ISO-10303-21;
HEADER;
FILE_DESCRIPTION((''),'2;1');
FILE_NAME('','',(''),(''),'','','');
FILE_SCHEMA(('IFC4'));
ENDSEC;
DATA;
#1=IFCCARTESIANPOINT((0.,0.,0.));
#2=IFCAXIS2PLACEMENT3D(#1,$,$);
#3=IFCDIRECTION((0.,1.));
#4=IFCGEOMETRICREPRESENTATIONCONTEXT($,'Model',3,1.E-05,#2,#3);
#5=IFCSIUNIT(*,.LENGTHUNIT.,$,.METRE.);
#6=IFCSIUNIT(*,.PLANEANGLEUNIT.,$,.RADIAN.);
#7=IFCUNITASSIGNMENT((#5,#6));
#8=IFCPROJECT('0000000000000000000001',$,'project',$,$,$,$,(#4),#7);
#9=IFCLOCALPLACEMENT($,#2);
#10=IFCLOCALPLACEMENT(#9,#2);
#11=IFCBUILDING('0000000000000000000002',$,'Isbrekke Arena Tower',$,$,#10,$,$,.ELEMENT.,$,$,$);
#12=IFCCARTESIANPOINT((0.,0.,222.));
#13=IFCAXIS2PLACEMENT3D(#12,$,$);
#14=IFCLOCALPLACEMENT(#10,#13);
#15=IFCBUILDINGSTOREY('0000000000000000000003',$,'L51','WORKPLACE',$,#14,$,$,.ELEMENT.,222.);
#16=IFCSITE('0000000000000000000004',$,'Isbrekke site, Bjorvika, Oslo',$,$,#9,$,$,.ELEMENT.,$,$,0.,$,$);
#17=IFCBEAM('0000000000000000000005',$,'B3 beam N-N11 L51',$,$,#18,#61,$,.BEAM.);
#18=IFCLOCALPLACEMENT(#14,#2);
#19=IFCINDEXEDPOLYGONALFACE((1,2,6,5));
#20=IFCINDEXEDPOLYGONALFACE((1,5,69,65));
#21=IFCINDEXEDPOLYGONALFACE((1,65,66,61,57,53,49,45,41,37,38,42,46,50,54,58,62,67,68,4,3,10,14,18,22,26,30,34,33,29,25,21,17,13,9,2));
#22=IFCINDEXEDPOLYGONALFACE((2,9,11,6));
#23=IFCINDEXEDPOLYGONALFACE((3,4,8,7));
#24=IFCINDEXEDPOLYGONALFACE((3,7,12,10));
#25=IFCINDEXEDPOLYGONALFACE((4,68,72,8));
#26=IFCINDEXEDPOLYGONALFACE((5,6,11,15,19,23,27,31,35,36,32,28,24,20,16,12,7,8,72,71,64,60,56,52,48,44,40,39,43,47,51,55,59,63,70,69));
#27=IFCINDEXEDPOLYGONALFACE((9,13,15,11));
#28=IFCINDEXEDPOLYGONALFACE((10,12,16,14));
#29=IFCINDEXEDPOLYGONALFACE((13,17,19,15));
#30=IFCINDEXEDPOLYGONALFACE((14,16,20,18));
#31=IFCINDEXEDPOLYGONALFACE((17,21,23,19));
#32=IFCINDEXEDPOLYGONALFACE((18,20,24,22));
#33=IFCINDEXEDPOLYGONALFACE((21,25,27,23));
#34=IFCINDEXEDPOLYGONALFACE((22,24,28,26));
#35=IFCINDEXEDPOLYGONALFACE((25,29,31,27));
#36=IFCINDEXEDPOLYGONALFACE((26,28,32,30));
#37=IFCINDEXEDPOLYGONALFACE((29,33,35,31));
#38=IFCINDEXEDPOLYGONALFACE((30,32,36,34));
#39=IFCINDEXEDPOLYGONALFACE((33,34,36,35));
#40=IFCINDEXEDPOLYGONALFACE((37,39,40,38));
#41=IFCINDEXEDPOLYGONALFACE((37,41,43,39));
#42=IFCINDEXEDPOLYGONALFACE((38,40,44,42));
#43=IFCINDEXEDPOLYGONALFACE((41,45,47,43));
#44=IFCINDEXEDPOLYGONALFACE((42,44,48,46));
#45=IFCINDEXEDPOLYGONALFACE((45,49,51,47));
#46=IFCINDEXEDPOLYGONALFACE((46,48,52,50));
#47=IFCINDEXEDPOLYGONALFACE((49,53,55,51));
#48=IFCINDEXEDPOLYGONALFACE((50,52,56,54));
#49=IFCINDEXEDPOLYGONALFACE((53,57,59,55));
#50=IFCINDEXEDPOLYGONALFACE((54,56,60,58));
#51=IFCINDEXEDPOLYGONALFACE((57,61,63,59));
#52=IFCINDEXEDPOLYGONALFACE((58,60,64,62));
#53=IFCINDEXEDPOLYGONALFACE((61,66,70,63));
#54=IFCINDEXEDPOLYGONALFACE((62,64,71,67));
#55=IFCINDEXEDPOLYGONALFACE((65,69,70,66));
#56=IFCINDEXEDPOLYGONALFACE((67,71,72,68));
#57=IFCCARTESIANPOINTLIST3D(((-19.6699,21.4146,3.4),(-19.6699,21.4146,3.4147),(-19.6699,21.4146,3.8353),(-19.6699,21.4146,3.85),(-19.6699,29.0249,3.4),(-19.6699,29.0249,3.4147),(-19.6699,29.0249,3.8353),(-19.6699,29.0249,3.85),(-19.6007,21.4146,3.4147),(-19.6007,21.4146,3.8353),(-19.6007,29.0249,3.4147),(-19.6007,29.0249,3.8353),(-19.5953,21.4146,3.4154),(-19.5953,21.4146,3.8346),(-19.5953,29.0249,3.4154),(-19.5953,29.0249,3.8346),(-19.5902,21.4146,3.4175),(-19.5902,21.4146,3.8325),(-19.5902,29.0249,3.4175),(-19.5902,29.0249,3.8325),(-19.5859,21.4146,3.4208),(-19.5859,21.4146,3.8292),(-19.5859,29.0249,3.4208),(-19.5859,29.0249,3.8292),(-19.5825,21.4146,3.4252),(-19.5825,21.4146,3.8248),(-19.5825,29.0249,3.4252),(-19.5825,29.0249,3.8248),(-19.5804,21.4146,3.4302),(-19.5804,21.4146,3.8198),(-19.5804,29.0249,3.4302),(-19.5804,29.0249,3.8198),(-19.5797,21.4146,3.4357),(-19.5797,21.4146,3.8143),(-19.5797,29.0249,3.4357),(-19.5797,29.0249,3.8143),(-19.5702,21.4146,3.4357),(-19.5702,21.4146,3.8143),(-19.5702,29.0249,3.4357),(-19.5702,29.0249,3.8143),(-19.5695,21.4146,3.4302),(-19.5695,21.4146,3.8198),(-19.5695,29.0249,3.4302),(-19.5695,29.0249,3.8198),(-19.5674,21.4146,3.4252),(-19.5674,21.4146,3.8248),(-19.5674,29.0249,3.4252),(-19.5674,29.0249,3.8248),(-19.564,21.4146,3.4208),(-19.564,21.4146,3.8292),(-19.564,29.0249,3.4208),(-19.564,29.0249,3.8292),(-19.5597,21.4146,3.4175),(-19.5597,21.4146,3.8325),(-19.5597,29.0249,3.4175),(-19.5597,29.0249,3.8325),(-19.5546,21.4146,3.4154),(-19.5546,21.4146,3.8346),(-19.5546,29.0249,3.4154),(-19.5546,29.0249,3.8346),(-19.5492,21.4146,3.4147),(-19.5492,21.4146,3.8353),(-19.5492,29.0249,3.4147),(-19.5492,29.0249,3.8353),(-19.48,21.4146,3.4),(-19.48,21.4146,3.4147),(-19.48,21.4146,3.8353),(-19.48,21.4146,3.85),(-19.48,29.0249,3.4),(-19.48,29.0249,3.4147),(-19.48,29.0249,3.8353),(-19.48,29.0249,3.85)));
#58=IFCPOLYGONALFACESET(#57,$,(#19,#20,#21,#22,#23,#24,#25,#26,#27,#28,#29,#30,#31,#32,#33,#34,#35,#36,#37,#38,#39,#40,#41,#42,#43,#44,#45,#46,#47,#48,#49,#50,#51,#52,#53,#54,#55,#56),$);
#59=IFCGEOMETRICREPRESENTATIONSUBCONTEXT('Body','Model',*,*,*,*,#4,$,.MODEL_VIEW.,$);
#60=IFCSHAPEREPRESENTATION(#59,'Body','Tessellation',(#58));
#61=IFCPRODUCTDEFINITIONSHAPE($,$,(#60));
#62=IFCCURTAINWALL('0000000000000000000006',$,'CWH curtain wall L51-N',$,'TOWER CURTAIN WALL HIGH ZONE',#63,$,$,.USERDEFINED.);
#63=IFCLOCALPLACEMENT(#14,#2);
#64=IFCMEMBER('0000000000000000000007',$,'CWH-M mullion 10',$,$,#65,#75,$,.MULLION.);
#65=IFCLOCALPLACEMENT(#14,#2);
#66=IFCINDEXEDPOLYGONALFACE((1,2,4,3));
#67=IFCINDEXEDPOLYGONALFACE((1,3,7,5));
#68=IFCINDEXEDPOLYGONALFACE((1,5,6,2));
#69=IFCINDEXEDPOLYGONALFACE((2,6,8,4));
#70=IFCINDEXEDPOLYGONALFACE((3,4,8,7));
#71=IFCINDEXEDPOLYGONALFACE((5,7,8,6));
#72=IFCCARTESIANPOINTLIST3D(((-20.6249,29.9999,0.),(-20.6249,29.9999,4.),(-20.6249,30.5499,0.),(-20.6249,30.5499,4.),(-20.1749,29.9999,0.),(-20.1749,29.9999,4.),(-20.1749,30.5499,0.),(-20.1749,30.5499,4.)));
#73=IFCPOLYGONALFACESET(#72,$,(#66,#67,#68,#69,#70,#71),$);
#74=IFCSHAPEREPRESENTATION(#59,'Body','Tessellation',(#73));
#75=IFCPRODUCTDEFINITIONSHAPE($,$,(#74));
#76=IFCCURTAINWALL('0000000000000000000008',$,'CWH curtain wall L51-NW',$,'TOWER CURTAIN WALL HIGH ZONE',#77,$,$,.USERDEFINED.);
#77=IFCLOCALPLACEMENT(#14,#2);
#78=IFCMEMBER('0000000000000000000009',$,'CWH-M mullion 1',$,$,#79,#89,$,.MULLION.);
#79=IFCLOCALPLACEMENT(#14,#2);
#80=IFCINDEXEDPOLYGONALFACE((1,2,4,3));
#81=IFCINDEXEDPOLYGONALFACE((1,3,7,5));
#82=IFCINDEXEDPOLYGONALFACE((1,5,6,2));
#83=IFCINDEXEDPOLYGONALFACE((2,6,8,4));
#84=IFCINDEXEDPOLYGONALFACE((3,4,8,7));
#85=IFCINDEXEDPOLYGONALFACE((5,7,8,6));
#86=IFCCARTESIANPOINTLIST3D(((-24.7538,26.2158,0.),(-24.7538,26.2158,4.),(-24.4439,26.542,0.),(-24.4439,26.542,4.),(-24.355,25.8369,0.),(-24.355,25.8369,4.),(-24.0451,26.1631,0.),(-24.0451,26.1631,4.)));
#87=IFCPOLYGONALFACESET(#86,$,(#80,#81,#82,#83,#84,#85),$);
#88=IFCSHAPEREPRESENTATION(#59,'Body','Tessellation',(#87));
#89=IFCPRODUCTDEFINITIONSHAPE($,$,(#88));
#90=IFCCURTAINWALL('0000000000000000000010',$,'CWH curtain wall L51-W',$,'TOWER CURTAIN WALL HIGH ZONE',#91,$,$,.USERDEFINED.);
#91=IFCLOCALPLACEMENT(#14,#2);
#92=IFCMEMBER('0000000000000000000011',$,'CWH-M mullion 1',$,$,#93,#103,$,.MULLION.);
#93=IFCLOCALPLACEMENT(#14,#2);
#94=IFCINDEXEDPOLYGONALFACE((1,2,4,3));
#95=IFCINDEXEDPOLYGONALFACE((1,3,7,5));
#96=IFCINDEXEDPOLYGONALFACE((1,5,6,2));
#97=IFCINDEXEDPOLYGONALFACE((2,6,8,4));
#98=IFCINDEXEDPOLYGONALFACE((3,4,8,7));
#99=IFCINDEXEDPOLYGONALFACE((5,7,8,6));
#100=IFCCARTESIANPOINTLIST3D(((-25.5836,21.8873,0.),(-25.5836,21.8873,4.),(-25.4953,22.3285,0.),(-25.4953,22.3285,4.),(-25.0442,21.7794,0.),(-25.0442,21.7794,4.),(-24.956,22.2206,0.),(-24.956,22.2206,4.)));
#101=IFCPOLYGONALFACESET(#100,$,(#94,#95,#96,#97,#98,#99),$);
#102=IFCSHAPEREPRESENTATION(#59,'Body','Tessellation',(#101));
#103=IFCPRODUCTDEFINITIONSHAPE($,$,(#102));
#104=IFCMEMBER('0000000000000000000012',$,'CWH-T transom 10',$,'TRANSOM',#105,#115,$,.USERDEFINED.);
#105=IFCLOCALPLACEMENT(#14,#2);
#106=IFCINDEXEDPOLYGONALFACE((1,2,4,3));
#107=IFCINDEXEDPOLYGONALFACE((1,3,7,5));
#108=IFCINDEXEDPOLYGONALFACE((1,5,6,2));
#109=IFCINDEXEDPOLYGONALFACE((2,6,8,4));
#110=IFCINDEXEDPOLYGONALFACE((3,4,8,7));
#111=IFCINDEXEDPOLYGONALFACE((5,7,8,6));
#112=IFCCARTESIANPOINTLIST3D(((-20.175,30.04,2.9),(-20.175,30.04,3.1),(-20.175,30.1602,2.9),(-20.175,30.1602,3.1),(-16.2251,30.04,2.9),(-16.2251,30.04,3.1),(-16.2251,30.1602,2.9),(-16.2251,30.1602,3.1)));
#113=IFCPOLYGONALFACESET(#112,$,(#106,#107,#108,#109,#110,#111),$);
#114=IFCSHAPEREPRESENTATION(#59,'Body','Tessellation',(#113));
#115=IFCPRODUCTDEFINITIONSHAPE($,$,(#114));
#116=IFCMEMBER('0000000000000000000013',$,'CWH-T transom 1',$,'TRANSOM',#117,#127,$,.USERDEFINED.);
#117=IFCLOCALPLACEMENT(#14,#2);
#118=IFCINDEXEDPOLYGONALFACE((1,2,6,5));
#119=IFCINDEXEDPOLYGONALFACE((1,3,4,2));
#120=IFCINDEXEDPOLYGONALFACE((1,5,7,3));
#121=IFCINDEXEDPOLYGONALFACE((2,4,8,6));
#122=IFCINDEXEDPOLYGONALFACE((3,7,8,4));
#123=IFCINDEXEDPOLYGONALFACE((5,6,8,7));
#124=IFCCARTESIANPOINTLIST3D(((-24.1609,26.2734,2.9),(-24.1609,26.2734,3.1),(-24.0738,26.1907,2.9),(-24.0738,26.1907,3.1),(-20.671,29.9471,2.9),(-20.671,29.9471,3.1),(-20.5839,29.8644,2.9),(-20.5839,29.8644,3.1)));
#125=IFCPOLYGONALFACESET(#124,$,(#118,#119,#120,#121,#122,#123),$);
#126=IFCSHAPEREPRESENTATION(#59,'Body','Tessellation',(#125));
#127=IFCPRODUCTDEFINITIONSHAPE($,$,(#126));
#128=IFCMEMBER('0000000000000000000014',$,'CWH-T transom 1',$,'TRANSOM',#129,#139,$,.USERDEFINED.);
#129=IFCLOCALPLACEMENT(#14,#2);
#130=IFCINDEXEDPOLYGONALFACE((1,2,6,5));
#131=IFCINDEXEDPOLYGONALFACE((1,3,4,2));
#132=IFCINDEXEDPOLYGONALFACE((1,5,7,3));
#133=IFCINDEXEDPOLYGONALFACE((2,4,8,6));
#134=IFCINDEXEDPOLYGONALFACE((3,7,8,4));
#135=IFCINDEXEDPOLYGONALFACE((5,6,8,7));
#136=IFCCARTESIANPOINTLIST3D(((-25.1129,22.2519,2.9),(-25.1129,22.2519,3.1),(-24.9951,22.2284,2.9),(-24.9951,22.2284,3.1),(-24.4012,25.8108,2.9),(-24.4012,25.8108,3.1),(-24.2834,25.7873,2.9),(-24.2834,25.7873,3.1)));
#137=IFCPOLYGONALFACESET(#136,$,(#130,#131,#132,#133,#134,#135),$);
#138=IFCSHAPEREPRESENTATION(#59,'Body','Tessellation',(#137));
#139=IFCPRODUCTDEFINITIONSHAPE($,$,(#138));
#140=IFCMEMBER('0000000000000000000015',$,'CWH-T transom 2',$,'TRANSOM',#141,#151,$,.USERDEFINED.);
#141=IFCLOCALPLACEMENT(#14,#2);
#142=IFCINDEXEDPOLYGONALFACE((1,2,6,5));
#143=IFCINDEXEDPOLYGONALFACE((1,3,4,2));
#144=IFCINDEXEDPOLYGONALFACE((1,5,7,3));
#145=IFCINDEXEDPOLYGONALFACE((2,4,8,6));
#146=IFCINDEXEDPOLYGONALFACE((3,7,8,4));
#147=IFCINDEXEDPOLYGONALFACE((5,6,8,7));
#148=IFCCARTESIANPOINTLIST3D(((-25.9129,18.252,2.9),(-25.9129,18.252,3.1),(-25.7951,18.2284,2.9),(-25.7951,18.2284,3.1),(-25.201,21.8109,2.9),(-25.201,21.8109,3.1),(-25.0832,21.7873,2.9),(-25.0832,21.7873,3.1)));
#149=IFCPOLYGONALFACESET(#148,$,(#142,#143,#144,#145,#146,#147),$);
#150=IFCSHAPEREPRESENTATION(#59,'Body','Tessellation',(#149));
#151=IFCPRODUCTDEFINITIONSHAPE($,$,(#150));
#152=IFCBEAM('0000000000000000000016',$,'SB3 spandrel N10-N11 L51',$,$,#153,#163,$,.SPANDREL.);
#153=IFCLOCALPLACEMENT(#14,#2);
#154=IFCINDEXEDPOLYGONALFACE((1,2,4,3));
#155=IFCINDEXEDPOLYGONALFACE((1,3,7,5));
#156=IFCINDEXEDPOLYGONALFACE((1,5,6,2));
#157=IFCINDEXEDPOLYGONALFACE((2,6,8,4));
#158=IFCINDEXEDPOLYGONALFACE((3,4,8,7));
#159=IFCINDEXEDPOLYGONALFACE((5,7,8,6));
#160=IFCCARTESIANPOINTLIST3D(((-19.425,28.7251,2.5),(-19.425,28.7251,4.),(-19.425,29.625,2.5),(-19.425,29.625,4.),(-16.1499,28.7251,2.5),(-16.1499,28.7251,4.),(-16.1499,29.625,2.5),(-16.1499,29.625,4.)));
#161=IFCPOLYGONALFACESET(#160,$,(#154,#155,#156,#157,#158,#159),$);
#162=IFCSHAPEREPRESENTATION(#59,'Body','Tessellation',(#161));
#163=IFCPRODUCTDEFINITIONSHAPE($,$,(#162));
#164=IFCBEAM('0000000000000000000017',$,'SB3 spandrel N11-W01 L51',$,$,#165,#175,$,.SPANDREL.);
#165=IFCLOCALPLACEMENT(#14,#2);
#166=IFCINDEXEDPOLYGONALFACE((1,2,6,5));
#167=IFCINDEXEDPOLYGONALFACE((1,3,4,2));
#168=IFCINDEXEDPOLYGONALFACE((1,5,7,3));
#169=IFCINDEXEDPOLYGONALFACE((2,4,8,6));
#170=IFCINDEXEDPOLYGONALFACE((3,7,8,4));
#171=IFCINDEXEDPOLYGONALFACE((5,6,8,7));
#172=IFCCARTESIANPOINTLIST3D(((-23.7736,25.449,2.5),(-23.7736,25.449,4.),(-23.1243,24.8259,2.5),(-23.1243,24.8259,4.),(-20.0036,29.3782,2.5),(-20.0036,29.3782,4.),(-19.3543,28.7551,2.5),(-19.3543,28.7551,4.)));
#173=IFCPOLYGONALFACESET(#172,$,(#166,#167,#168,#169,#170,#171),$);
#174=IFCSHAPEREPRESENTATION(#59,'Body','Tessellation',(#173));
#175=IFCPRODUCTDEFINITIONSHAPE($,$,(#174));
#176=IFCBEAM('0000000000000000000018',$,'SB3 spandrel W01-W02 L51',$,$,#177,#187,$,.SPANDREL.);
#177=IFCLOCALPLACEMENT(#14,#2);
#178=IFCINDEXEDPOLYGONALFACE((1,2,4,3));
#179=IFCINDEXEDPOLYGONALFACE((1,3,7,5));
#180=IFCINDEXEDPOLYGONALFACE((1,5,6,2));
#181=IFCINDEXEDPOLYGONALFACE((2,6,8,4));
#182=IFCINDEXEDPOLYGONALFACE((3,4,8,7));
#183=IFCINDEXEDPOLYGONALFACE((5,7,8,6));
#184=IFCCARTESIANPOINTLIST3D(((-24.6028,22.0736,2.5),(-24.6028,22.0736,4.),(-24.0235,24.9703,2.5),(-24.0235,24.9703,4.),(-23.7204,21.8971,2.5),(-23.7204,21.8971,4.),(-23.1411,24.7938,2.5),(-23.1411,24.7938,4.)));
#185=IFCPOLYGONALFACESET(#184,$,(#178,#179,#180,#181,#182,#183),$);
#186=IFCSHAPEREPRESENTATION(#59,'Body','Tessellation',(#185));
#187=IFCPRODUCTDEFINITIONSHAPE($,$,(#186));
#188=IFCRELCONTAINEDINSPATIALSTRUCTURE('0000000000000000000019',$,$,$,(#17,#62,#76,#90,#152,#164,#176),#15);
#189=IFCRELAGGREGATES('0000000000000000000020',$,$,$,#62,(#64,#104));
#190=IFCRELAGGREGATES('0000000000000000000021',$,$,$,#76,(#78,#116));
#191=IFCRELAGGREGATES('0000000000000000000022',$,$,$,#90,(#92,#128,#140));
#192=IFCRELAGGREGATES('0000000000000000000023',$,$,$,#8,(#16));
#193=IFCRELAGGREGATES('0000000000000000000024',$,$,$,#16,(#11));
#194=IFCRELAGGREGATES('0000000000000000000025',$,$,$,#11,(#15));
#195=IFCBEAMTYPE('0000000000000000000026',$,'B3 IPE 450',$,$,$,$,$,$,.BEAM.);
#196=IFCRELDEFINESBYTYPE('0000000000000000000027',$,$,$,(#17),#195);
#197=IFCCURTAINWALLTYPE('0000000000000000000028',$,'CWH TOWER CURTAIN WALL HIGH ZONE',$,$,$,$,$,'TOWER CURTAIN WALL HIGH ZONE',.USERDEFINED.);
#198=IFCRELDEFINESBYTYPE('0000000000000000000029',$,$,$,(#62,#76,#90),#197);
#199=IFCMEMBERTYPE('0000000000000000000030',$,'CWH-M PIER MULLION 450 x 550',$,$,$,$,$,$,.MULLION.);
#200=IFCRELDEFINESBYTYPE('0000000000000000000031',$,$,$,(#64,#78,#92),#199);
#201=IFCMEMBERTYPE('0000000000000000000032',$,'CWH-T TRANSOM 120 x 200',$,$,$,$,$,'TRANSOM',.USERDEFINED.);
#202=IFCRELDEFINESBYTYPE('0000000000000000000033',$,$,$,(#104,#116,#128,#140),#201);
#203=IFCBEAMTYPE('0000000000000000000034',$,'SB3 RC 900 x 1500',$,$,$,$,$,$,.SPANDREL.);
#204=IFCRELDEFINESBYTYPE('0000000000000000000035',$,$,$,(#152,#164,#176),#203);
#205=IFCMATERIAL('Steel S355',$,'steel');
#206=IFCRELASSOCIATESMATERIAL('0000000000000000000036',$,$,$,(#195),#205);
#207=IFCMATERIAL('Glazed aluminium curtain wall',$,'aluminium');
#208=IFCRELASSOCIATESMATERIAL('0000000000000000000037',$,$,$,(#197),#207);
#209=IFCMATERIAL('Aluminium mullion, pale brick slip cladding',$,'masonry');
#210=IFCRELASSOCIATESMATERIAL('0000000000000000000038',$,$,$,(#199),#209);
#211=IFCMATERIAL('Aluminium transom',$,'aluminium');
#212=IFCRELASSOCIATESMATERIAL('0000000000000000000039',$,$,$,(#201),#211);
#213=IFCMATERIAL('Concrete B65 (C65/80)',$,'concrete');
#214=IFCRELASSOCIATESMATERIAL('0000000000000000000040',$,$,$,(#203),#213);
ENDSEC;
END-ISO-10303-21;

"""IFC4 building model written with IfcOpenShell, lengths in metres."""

from ifc_helpers import new_model, si_unit, direction, frame, origin, origin_2d, place, context, subcontext, project, spatial, rectangle, i_section, extrude, material, material_profile, profile_set, type_object, element, aggregate, save


model = new_model("IFC4")

# Units and contexts
model_context = context("Model", 3, precision=1e-05, world=origin(), true_north=direction((0.0, 1.0)))
body_context = subcontext(model_context, "Body", "Model", "MODEL_VIEW")
ifc_project = project(units=[si_unit("LENGTHUNIT", "METRE"), si_unit("PLANEANGLEUNIT", "RADIAN")], contexts=[model_context])

# Site, building, storey
site_placement = place(None, origin())
site = spatial("IfcSite", under=ifc_project, at=site_placement, Name="Isbrekke site, Bjorvika, Oslo", CompositionType="ELEMENT", RefElevation=0.0)
building_placement = place(site_placement, origin())
building = spatial("IfcBuilding", under=site, at=building_placement, Name="Isbrekke Arena Tower", CompositionType="ELEMENT")
storey_placement = place(building_placement, frame((0.0, 0.0, 222.0)))
storey = spatial("IfcBuildingStorey", under=building, at=storey_placement, Name="L51", Description="WORKPLACE", CompositionType="ELEMENT", Elevation=222.0)

# Beam
ifc_material_1 = material(Name="Steel S355", Category="steel")
ifc_material_profile_1 = material_profile(ifc_material_1, i_section(OverallWidth=0.1899, OverallDepth=0.45, WebThickness=0.0095, FlangeThickness=0.0146, FilletRadius=0.021, at=origin_2d()), Name="IPE 450")
ifc_profile_set_1 = profile_set([ifc_material_profile_1], Name="Steel S355")
beam_type_1 = type_object("IfcBeamType", Name="B3 IPE 450", PredefinedType="BEAM", material=ifc_profile_set_1)
beam_1_placement = place(storey_placement, frame((-19.575, 29.0249, 3.625), z_axis=(0.0, -1.0, 0.0), x_axis=(1.0, 0.0, 0.0)))
element("IfcBeam", 1, at=beam_1_placement, inside=storey, type_object=beam_type_1, Name="B3 beam N-N11 L51", PredefinedType="BEAM", context=body_context, shape_type="SweptSolid", body=[
    extrude(i_section(OverallWidth=0.1899, OverallDepth=0.45, WebThickness=0.0095, FlangeThickness=0.0146, FilletRadius=0.021, at=origin_2d()), origin(), (0.0, 0.0, 1.0), 7.6104),
])

# Curtain walls, members
ifc_material_2 = material(Name="Glazed aluminium curtain wall", Category="aluminium")
curtain_wall_type = type_object("IfcCurtainWallType", Name="CWH TOWER CURTAIN WALL HIGH ZONE", ElementType="TOWER CURTAIN WALL HIGH ZONE", PredefinedType="USERDEFINED", material=ifc_material_2)
curtain_wall_1_placement = place(storey_placement, origin())
curtain_wall_1 = element("IfcCurtainWall", 2, at=curtain_wall_1_placement, inside=storey, type_object=curtain_wall_type, Name="CWH curtain wall L51-N", ObjectType="TOWER CURTAIN WALL HIGH ZONE", PredefinedType="USERDEFINED")
ifc_material_3 = material(Name="Aluminium mullion, pale brick slip cladding", Category="masonry")
ifc_material_profile_2 = material_profile(ifc_material_3, rectangle(XDim=0.45, YDim=0.55, at=origin_2d()), Name="PIER 450X550")
ifc_profile_set_2 = profile_set([ifc_material_profile_2], Name="Aluminium mullion, pale brick slip cladding")
member_type_1 = type_object("IfcMemberType", Name="CWH-M PIER MULLION 450 x 550", PredefinedType="MULLION", material=ifc_profile_set_2)
member_1_placement = place(storey_placement, frame((-20.3999, 30.2749, 0.0), z_axis=(0.0, 0.0, 1.0), x_axis=(-1.0, 0.0, 0.0)))
member_1 = element("IfcMember", 3, at=member_1_placement, type_object=member_type_1, Name="CWH-M mullion 10", PredefinedType="MULLION", context=body_context, shape_type="SweptSolid", body=[
    extrude(rectangle(XDim=0.45, YDim=0.55, at=origin_2d()), origin(), (0.0, 0.0, 1.0), 4.0),
])
curtain_wall_2_placement = place(storey_placement, origin())
curtain_wall_2 = element("IfcCurtainWall", 4, at=curtain_wall_2_placement, inside=storey, type_object=curtain_wall_type, Name="CWH curtain wall L51-NW", ObjectType="TOWER CURTAIN WALL HIGH ZONE", PredefinedType="USERDEFINED")
member_2_placement = place(storey_placement, frame((-24.3994, 26.1895, 0.0), z_axis=(0.0, 0.0, 1.0), x_axis=(-0.688749, -0.724999, 0.0)))
member_2 = element("IfcMember", 5, at=member_2_placement, type_object=member_type_1, Name="CWH-M mullion 1", PredefinedType="MULLION", context=body_context, shape_type="SweptSolid", body=[
    extrude(rectangle(XDim=0.45, YDim=0.55, at=origin_2d()), origin(), (0.0, 0.0, 1.0), 4.0),
])
curtain_wall_3_placement = place(storey_placement, origin())
curtain_wall_3 = element("IfcCurtainWall", 6, at=curtain_wall_3_placement, inside=storey, type_object=curtain_wall_type, Name="CWH curtain wall L51-W", ObjectType="TOWER CURTAIN WALL HIGH ZONE", PredefinedType="USERDEFINED")
member_3_placement = place(storey_placement, frame((-25.2698, 22.054, 0.0), z_axis=(0.0, 0.0, 1.0), x_axis=(-0.196116, -0.980581, 0.0)))
member_3 = element("IfcMember", 7, at=member_3_placement, type_object=member_type_1, Name="CWH-M mullion 1", PredefinedType="MULLION", context=body_context, shape_type="SweptSolid", body=[
    extrude(rectangle(XDim=0.45, YDim=0.55, at=origin_2d()), origin(), (0.0, 0.0, 1.0), 4.0),
])

# Members
ifc_material_4 = material(Name="Aluminium transom", Category="aluminium")
ifc_material_profile_3 = material_profile(ifc_material_4, rectangle(XDim=0.1201, YDim=0.2, at=origin_2d()), Name="TRANSOM 120X200")
ifc_profile_set_3 = profile_set([ifc_material_profile_3], Name="Aluminium transom")
member_type_2 = type_object("IfcMemberType", Name="CWH-T TRANSOM 120 x 200", ElementType="TRANSOM", PredefinedType="USERDEFINED", material=ifc_profile_set_3)
member_4_placement = place(storey_placement, frame((-16.2251, 30.1001, 3.0), z_axis=(-1.0, 0.0, 0.0), x_axis=(0.0, -1.0, 0.0)))
member_4 = element("IfcMember", 8, at=member_4_placement, type_object=member_type_2, Name="CWH-T transom 10", ObjectType="TRANSOM", PredefinedType="USERDEFINED", context=body_context, shape_type="SweptSolid", body=[
    extrude(rectangle(XDim=0.1201, YDim=0.2, at=origin_2d()), origin(), (0.0, 0.0, 1.0), 3.95),
])
member_5_placement = place(storey_placement, frame((-20.6274, 29.9058, 3.0), z_axis=(-0.688734, -0.725014, 0.0), x_axis=(0.725014, -0.688734, 0.0)))
member_5 = element("IfcMember", 9, at=member_5_placement, type_object=member_type_2, Name="CWH-T transom 1", ObjectType="TRANSOM", PredefinedType="USERDEFINED", context=body_context, shape_type="SweptSolid", body=[
    extrude(rectangle(XDim=0.1201, YDim=0.2, at=origin_2d()), origin(), (0.0, 0.0, 1.0), 5.0671),
])
member_6_placement = place(storey_placement, frame((-24.3423, 25.7991, 3.0), z_axis=(-0.19609, -0.980586, 0.0), x_axis=(0.980586, -0.19609, 0.0)))
member_6 = element("IfcMember", 10, at=member_6_placement, type_object=member_type_2, Name="CWH-T transom 1", ObjectType="TRANSOM", PredefinedType="USERDEFINED", context=body_context, shape_type="SweptSolid", body=[
    extrude(rectangle(XDim=0.1201, YDim=0.2, at=origin_2d()), origin(), (0.0, 0.0, 1.0), 3.6294),
])
member_7_placement = place(storey_placement, frame((-25.1421, 21.7991, 3.0), z_axis=(-0.196155, -0.980573, 0.0), x_axis=(0.980573, -0.196155, 0.0)))
member_7 = element("IfcMember", 11, at=member_7_placement, type_object=member_type_2, Name="CWH-T transom 2", ObjectType="TRANSOM", PredefinedType="USERDEFINED", context=body_context, shape_type="SweptSolid", body=[
    extrude(rectangle(XDim=0.1201, YDim=0.2, at=origin_2d()), origin(), (0.0, 0.0, 1.0), 3.6294),
])

# Beams
ifc_material_5 = material(Name="Concrete B65 (C65/80)", Category="concrete")
ifc_material_profile_4 = material_profile(ifc_material_5, rectangle(XDim=0.8999, YDim=1.5, at=origin_2d()), Name="RC 900x1500")
ifc_profile_set_4 = profile_set([ifc_material_profile_4], Name="Concrete B65 (C65/80)")
beam_type_2 = type_object("IfcBeamType", Name="SB3 RC 900 x 1500", PredefinedType="SPANDREL", material=ifc_profile_set_4)
beam_2_placement = place(storey_placement, frame((-16.1499, 29.175, 3.25), z_axis=(-1.0, 0.0, 0.0), x_axis=(0.0, -1.0, 0.0)))
element("IfcBeam", 12, at=beam_2_placement, inside=storey, type_object=beam_type_2, Name="SB3 spandrel N10-N11 L51", PredefinedType="SPANDREL", context=body_context, shape_type="SweptSolid", body=[
    extrude(rectangle(XDim=0.8999, YDim=1.5, at=origin_2d()), origin(), (0.0, 0.0, 1.0), 3.2751),
])
beam_3_placement = place(storey_placement, frame((-19.679, 29.0667, 3.25), z_axis=(-0.69234, -0.721572, 0.0), x_axis=(0.721572, -0.69234, 0.0)))
element("IfcBeam", 13, at=beam_3_placement, inside=storey, type_object=beam_type_2, Name="SB3 spandrel N11-W01 L51", PredefinedType="SPANDREL", context=body_context, shape_type="SweptSolid", body=[
    extrude(rectangle(XDim=0.8999, YDim=1.5, at=origin_2d()), origin(), (0.0, 0.0, 1.0), 5.4453),
])
beam_4_placement = place(storey_placement, frame((-23.5823, 24.8821, 3.25), z_axis=(-0.196116, -0.980581, 0.0), x_axis=(0.980581, -0.196116, 0.0)))
element("IfcBeam", 14, at=beam_4_placement, inside=storey, type_object=beam_type_2, Name="SB3 spandrel W01-W02 L51", PredefinedType="SPANDREL", context=body_context, shape_type="SweptSolid", body=[
    extrude(rectangle(XDim=0.8999, YDim=1.5, at=origin_2d()), origin(), (0.0, 0.0, 1.0), 2.9541),
])

aggregate(curtain_wall_1, [member_1, member_4])
aggregate(curtain_wall_2, [member_2, member_5])
aggregate(curtain_wall_3, [member_3, member_6, member_7])

save(model, "model.ifc")
